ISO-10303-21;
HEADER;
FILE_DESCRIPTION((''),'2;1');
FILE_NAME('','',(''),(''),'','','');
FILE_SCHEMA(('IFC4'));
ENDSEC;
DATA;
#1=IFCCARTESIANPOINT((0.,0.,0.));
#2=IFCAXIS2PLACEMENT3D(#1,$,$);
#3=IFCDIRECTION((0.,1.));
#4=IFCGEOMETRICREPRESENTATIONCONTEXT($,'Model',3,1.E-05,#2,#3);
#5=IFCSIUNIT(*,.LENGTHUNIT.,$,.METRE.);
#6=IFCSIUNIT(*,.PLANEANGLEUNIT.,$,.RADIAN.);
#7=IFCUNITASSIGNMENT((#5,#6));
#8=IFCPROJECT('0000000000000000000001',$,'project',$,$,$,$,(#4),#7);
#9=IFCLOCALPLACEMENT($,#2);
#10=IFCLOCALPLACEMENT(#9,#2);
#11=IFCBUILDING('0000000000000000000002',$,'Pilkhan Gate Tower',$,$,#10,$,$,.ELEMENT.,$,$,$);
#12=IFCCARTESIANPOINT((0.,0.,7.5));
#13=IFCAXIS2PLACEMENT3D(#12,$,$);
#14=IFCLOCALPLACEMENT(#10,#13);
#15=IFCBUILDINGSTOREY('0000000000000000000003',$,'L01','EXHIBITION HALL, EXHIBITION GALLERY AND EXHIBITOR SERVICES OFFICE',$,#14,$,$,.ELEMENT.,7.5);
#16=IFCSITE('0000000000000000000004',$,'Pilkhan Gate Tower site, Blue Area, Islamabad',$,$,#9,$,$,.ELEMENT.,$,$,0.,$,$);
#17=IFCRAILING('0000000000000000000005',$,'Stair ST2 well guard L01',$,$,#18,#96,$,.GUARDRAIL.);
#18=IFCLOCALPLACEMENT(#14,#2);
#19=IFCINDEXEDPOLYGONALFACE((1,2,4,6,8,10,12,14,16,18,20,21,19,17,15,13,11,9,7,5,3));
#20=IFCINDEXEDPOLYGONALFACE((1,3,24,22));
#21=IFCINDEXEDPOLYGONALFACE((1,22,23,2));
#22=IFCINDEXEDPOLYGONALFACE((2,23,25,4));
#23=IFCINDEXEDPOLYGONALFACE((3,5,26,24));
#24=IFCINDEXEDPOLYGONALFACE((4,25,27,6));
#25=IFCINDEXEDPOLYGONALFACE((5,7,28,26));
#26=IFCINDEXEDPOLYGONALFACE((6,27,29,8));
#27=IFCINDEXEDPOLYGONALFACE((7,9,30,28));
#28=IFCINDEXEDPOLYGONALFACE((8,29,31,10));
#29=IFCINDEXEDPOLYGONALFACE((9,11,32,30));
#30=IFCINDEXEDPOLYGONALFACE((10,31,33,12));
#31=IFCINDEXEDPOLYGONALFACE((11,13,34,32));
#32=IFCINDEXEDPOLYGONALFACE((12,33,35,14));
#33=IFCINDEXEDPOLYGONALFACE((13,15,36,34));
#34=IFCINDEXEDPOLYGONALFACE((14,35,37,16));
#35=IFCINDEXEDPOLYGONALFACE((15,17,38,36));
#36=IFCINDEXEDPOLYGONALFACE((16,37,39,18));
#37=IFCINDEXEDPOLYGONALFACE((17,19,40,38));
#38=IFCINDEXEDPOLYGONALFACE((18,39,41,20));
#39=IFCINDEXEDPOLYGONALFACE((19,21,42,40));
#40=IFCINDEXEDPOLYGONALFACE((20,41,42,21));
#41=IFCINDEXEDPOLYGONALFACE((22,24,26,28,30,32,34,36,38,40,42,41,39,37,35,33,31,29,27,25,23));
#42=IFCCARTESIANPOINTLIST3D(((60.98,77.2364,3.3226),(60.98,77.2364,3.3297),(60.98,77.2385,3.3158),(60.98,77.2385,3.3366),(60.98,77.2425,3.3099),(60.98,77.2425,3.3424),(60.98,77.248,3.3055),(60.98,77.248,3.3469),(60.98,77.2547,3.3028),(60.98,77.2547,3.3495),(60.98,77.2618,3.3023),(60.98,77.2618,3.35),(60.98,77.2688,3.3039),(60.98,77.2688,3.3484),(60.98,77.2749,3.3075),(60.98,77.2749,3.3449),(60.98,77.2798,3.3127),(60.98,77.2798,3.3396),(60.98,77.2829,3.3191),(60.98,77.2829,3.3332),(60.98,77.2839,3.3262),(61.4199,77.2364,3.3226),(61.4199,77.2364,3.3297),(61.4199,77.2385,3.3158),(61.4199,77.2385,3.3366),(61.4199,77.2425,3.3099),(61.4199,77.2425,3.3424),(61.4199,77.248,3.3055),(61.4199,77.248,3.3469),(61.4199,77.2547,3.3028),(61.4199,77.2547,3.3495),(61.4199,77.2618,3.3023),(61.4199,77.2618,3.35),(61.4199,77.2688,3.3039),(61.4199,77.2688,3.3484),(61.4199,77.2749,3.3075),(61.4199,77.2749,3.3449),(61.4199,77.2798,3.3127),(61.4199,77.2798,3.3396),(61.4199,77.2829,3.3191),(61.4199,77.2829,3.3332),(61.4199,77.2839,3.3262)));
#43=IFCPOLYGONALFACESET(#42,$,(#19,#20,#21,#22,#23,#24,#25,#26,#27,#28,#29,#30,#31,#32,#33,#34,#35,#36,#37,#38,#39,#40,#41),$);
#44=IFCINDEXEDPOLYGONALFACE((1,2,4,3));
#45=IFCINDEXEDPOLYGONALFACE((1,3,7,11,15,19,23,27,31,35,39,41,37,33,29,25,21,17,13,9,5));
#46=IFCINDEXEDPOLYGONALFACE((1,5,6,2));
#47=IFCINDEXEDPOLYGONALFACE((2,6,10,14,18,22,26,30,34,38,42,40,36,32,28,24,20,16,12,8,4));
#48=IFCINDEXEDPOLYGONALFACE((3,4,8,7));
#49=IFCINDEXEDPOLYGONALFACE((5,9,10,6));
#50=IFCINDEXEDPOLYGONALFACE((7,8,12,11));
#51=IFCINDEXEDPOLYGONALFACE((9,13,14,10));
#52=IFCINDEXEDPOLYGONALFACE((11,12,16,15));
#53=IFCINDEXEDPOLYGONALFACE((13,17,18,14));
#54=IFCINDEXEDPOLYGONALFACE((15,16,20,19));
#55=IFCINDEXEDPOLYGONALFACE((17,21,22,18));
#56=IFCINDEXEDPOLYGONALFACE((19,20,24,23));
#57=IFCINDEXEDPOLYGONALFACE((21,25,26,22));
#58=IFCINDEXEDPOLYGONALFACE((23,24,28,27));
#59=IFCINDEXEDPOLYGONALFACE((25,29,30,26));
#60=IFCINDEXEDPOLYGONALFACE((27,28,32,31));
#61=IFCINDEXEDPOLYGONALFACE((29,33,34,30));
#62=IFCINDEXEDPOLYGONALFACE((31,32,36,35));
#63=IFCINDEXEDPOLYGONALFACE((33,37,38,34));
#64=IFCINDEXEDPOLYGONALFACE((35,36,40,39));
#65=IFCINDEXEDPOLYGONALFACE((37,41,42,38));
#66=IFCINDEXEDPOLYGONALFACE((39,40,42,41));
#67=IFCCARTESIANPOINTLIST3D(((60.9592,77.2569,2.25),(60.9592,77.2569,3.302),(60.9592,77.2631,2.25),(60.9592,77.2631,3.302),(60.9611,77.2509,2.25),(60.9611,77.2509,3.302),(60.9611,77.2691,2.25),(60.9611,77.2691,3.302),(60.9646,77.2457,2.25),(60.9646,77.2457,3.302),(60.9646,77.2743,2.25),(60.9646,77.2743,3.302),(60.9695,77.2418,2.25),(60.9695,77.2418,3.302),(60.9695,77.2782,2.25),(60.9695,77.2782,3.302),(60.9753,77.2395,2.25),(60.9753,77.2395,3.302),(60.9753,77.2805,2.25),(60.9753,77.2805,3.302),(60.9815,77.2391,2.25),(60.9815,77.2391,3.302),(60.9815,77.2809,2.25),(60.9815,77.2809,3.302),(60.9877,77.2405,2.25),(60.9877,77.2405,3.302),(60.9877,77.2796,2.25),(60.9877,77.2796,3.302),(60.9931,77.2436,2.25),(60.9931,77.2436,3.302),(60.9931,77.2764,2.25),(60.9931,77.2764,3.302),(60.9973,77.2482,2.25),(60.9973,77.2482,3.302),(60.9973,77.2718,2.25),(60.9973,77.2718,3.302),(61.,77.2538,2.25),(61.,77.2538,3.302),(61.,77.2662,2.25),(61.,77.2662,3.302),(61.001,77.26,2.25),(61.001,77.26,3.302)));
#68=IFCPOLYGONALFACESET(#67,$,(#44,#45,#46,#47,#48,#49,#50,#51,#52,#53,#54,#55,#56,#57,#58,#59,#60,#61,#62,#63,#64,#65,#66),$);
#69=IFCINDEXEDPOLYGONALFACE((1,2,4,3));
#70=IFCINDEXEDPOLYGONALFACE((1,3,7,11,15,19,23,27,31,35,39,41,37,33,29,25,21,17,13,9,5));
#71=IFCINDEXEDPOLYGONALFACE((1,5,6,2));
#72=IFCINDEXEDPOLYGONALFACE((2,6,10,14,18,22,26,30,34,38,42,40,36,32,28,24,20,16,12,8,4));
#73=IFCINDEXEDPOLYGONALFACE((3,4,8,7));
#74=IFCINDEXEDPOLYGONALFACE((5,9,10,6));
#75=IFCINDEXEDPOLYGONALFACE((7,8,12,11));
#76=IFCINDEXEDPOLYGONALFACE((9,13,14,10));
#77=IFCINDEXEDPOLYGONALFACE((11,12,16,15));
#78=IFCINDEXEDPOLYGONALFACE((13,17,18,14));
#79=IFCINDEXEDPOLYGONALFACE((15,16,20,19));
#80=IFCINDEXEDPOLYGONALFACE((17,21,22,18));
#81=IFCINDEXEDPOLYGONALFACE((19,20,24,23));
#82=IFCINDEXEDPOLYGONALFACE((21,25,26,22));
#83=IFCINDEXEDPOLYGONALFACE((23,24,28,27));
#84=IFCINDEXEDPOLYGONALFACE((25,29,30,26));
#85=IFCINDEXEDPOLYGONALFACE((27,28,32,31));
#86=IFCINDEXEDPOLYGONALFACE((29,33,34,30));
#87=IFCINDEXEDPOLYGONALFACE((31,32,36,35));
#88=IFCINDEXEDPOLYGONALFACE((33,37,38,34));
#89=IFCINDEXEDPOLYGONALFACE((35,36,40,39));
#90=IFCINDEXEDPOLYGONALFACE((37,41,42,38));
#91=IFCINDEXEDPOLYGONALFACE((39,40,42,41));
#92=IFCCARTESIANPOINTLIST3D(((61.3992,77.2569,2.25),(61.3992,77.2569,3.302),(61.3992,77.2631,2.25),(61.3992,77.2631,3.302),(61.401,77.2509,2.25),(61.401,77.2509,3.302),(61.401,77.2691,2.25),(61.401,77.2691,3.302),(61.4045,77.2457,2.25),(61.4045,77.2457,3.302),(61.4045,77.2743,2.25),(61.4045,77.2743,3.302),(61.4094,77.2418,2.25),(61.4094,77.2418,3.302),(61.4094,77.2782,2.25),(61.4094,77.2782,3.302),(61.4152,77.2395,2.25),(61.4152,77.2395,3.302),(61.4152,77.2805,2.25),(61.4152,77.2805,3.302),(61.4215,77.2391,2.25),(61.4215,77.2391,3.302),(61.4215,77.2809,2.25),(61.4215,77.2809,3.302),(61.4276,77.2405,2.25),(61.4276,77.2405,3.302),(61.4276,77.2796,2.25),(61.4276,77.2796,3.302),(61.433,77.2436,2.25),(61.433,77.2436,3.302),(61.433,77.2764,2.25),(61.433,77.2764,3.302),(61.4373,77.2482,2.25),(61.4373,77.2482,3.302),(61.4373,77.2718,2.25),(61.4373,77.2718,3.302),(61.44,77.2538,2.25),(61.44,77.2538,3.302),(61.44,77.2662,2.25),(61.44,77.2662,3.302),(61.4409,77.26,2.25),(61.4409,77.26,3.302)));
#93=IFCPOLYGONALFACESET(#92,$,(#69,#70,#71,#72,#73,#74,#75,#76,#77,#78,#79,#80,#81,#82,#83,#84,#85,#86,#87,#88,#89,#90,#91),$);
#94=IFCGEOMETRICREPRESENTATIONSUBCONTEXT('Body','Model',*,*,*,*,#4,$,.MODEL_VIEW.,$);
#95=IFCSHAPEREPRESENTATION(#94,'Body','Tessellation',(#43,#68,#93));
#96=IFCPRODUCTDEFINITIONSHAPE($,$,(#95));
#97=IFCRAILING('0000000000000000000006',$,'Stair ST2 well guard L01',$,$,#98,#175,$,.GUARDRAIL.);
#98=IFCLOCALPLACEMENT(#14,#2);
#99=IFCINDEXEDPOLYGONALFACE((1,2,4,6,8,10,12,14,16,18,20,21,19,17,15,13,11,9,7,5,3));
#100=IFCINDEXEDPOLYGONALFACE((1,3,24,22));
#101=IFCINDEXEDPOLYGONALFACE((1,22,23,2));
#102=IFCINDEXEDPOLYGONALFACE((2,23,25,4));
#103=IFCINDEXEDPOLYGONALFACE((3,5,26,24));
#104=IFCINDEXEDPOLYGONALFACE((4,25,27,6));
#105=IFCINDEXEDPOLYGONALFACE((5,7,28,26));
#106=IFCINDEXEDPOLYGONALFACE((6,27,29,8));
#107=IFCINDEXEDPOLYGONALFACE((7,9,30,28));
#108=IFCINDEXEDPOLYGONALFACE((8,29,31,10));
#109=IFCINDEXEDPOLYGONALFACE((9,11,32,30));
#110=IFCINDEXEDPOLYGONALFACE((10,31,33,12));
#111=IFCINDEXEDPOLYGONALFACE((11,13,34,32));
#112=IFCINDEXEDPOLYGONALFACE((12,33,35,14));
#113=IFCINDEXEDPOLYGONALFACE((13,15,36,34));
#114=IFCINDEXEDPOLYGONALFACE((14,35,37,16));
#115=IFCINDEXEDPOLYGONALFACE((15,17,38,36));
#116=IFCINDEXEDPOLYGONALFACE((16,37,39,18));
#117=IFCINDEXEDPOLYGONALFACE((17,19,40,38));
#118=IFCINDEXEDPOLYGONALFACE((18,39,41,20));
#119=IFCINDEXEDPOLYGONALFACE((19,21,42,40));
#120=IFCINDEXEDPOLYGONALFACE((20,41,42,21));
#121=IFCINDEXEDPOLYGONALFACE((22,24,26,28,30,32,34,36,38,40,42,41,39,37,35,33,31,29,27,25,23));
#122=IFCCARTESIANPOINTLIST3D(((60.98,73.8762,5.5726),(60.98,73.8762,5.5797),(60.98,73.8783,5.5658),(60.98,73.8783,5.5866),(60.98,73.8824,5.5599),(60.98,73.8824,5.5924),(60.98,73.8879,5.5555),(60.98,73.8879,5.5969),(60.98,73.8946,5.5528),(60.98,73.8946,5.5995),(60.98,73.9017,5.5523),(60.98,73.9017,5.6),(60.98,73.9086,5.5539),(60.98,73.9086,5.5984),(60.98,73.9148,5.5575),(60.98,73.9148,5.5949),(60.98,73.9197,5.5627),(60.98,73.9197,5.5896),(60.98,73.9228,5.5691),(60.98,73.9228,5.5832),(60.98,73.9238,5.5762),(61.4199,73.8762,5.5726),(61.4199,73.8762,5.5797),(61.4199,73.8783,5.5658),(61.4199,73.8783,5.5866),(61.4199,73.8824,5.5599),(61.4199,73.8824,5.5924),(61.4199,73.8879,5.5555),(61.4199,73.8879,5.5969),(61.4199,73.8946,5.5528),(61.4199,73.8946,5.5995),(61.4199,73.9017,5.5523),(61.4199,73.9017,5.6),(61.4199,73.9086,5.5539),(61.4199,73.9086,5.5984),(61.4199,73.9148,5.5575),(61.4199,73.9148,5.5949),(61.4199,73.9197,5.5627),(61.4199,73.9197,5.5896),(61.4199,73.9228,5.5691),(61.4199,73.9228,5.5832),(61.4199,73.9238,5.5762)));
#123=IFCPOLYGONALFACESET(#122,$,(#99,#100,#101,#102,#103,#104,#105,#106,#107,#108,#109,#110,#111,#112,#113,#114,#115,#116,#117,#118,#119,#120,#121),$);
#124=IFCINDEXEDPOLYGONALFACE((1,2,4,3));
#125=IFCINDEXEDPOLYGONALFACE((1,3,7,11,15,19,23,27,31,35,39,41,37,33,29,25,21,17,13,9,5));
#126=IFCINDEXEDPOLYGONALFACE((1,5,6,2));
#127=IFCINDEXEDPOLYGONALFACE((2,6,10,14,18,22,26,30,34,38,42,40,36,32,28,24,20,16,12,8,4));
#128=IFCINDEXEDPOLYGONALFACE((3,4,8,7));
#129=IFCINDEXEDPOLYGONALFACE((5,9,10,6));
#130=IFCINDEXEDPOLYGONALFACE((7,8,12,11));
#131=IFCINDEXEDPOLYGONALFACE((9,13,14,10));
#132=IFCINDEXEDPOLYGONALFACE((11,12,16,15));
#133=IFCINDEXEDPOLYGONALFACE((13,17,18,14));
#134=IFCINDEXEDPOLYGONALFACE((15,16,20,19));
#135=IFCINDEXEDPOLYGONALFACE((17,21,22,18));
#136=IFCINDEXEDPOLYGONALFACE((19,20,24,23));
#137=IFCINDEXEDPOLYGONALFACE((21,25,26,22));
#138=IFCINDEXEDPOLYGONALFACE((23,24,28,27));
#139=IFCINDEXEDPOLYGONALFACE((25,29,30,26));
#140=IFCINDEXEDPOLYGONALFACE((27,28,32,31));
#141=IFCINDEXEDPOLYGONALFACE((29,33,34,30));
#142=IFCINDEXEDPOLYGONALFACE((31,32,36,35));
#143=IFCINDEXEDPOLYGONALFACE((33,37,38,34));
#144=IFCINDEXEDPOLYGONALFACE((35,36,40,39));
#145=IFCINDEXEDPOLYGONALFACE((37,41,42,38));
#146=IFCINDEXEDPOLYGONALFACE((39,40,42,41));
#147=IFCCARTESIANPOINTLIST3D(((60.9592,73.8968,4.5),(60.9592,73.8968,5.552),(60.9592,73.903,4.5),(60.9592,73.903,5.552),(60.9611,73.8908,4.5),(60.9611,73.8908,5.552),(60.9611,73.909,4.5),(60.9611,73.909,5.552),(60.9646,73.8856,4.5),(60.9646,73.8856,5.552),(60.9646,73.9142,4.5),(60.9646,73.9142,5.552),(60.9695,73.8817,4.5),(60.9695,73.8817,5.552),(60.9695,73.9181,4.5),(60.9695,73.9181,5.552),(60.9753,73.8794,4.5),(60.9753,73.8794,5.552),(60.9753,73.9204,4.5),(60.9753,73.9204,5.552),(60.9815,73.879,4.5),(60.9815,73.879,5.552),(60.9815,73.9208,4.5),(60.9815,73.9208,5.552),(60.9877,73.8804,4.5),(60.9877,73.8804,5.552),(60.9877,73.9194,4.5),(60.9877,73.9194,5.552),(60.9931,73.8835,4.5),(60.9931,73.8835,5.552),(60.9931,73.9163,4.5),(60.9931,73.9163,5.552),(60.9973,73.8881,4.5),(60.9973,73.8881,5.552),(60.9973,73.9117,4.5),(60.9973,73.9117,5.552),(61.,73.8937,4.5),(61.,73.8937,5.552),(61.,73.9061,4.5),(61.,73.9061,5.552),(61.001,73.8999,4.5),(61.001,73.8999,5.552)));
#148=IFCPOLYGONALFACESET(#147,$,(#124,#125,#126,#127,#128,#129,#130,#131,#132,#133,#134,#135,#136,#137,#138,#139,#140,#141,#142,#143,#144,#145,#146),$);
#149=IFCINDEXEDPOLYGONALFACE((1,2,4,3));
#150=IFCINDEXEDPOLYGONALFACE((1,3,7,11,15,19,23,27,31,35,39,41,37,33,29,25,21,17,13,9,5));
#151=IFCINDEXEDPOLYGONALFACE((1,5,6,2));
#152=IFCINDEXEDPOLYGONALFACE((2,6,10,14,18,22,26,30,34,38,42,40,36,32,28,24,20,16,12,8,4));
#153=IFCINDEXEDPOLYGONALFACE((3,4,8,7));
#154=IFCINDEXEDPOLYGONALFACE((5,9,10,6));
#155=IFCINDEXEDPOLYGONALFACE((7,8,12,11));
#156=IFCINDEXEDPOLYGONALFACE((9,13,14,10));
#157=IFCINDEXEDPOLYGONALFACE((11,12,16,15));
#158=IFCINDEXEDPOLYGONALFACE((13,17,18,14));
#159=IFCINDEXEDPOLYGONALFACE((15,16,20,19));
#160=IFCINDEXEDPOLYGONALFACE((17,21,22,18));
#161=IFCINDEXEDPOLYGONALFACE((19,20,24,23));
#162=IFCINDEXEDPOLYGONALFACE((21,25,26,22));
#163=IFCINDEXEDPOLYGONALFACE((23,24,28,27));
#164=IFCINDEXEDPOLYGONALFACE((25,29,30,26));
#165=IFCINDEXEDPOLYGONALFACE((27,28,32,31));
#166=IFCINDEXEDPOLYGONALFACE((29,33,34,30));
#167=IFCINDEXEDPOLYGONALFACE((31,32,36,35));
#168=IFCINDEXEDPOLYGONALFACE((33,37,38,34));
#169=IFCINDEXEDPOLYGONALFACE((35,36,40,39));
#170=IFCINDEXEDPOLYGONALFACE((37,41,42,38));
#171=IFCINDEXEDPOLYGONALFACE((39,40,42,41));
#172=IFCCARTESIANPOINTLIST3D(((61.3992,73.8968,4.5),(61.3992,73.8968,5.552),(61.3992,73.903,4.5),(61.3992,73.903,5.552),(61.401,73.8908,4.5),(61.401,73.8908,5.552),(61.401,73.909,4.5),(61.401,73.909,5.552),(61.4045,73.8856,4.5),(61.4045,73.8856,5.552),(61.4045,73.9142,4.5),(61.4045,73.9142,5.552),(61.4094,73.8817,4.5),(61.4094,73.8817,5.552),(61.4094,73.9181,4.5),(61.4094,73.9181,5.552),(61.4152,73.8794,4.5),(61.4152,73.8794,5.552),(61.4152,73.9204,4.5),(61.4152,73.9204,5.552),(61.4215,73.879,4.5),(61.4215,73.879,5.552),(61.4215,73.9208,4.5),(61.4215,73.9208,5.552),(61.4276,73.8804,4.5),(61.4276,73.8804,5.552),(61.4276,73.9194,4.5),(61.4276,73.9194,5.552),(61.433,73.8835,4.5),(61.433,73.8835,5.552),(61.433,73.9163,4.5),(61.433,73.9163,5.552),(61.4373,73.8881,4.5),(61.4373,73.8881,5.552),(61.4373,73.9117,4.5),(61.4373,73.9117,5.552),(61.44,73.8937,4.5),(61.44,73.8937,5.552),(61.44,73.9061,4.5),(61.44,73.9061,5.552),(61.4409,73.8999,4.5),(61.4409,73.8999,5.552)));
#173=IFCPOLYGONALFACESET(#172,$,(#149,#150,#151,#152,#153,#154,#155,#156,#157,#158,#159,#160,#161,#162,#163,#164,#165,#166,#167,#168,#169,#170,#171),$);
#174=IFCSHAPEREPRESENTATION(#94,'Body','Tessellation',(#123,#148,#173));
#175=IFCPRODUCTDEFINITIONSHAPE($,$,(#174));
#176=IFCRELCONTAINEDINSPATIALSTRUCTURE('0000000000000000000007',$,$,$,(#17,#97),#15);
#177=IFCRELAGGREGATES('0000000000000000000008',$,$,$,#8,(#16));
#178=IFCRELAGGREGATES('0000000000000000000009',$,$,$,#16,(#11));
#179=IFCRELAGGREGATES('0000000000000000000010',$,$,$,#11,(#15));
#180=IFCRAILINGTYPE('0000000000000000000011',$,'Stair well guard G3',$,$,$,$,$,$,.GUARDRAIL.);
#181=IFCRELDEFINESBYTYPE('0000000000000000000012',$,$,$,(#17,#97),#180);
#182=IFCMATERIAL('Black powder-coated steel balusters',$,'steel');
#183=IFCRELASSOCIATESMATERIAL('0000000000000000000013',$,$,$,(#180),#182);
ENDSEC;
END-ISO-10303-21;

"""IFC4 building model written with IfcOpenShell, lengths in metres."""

from ifc_helpers import new_model, si_unit, direction, frame, origin, origin_2d, place, context, subcontext, project, spatial, circle, extrude, material, type_object, element, save


model = new_model("IFC4")

# Units and contexts
model_context = context("Model", 3, precision=1e-05, world=origin(), true_north=direction((0.0, 1.0)))
body_context = subcontext(model_context, "Body", "Model", "MODEL_VIEW")
ifc_project = project(units=[si_unit("LENGTHUNIT", "METRE"), si_unit("PLANEANGLEUNIT", "RADIAN")], contexts=[model_context])

# Site, building, storey
site_placement = place(None, origin())
site = spatial("IfcSite", under=ifc_project, at=site_placement, Name="Pilkhan Gate Tower site, Blue Area, Islamabad", CompositionType="ELEMENT", RefElevation=0.0)
building_placement = place(site_placement, origin())
building = spatial("IfcBuilding", under=site, at=building_placement, Name="Pilkhan Gate Tower", CompositionType="ELEMENT")
storey_placement = place(building_placement, frame((0.0, 0.0, 7.5)))
storey = spatial("IfcBuildingStorey", under=building, at=storey_placement, Name="L01", Description="EXHIBITION HALL, EXHIBITION GALLERY AND EXHIBITOR SERVICES OFFICE", CompositionType="ELEMENT", Elevation=7.5)

# Railings
ifc_material_1 = material(Name="Black powder-coated steel balusters", Category="steel")
railing_type_1 = type_object("IfcRailingType", Name="Stair well guard G3", PredefinedType="GUARDRAIL", material=ifc_material_1)
for number, where, name in (
    (1, (60.98, 77.26, 2.25), "Stair ST2 well guard L01"),
    (2, (60.98, 73.8999, 4.5), "Stair ST2 well guard L01"),
):
    element("IfcRailing", number, at=place(storey_placement, frame(where)), inside=storey, type_object=railing_type_1, Name=name, PredefinedType="GUARDRAIL", context=body_context, shape_type="SweptSolid", body=[
        extrude(circle(Radius=0.0239, at=origin_2d()), frame((0.0, 0.0, 1.0762), z_axis=(1.0, 0.0, 0.0), x_axis=(0.0, 1.0, 0.0)), (0.0, 0.0, 1.0), 0.4399),
        extrude(circle(Radius=0.021, at=origin_2d()), origin(), (0.0, 0.0, 1.0), 1.052),
        extrude(circle(Radius=0.021, at=origin_2d()), frame((0.4399, 0.0, 0.0)), (0.0, 0.0, 1.0), 1.052),
    ])

save(model, "model.ifc")
